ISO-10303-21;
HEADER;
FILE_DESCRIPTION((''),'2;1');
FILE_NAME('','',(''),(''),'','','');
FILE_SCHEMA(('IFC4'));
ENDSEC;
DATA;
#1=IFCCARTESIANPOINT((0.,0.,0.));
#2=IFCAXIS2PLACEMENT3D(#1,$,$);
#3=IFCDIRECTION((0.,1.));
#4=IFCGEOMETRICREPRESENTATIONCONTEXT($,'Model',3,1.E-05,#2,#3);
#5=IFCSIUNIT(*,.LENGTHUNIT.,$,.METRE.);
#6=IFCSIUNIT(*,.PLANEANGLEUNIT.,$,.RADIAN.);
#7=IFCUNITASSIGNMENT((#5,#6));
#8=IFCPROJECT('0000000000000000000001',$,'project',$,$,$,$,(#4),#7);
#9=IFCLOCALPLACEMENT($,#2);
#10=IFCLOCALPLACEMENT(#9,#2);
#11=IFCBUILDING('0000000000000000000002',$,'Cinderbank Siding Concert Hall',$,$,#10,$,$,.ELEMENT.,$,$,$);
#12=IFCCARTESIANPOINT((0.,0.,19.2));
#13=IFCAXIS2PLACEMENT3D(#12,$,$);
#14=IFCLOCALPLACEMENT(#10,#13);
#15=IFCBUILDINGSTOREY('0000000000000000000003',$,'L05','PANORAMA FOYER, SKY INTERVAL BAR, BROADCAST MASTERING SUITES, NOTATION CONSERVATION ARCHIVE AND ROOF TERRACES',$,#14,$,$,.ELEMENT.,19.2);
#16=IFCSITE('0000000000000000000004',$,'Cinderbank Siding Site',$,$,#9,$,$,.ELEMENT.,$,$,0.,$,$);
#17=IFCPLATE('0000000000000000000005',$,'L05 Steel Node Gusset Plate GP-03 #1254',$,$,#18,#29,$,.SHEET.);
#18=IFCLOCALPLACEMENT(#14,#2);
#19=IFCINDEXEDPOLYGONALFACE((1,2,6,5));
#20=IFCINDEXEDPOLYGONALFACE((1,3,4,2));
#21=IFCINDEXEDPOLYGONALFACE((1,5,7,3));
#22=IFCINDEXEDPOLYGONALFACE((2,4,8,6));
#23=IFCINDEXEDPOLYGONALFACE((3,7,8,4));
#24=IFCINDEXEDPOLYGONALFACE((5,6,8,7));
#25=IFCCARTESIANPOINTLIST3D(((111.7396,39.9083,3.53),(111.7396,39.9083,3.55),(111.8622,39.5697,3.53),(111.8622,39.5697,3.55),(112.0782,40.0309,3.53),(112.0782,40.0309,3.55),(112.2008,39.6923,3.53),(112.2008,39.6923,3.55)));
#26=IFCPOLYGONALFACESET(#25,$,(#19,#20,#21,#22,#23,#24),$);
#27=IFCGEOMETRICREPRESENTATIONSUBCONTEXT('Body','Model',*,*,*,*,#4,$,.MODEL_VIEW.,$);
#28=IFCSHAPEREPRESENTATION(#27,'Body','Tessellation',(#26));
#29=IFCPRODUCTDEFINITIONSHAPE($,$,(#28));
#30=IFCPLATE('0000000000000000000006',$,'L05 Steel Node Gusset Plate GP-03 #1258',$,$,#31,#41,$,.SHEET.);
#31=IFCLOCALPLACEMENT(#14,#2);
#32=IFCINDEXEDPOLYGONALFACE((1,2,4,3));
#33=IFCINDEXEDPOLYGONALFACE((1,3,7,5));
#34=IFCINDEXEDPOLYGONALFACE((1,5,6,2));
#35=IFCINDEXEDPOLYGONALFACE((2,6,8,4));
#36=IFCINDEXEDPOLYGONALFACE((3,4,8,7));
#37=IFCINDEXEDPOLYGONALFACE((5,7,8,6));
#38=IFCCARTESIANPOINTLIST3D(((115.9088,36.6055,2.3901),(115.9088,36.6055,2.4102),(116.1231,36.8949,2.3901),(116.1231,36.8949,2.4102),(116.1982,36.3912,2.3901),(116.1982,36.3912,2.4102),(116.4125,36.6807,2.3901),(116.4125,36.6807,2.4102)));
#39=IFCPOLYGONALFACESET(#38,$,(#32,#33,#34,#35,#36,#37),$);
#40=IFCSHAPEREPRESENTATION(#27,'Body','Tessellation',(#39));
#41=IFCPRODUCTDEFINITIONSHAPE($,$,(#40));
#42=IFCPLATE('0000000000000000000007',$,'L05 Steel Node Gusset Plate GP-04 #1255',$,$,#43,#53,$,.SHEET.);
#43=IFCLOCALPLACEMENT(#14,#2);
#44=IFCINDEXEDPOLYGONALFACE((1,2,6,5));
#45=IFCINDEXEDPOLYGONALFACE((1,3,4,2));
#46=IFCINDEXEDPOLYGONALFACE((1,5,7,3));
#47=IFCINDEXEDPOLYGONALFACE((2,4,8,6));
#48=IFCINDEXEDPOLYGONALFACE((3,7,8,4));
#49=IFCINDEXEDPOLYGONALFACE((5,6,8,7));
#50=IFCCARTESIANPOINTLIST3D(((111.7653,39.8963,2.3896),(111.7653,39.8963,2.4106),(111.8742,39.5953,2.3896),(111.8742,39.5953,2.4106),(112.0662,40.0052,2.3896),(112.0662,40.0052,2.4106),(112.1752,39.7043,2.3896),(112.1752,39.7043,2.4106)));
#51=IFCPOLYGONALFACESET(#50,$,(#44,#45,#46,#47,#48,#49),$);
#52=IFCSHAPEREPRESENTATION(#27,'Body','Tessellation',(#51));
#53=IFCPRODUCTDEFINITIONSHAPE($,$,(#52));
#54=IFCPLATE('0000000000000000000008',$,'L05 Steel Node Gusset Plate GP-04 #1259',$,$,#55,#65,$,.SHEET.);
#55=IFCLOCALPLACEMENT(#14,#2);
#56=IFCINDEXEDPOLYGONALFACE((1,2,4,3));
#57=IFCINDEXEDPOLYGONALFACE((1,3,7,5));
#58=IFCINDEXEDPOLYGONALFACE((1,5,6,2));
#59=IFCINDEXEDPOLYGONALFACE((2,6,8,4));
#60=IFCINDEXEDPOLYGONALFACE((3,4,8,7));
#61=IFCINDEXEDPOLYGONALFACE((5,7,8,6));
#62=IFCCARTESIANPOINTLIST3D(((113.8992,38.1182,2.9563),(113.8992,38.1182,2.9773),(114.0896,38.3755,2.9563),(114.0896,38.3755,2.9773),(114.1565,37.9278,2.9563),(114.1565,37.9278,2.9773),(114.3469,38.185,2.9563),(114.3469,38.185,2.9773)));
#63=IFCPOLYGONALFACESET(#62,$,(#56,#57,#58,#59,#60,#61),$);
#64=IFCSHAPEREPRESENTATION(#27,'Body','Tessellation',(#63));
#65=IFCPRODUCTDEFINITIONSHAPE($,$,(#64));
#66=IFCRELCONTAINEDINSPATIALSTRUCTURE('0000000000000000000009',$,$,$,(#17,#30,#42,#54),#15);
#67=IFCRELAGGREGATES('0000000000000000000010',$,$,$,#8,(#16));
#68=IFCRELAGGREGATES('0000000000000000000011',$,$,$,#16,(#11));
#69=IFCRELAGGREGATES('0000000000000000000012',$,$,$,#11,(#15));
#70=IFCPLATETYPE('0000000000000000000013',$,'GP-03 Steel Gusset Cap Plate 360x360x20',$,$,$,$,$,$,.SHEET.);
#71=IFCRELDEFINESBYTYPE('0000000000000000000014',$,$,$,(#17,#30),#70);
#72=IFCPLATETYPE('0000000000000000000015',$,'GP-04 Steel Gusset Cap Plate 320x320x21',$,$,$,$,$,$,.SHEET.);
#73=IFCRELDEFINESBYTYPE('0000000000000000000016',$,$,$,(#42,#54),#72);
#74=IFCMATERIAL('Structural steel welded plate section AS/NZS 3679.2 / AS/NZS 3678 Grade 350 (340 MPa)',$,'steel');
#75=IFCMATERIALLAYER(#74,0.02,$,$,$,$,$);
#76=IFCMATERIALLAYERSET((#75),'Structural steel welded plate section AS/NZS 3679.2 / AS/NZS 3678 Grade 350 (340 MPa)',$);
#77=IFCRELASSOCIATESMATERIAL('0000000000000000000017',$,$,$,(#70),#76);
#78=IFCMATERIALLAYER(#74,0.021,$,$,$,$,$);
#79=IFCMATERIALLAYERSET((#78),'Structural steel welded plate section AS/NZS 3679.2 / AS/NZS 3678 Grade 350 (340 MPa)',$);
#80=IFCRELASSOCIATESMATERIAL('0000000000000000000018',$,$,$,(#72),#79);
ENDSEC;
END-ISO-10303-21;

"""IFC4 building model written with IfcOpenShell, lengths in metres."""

from ifc_helpers import new_model, si_unit, direction, frame, origin, origin_2d, place, context, subcontext, project, spatial, rectangle, extrude, material, layer, layer_set, type_object, element, save


model = new_model("IFC4")

# Units and contexts
model_context = context("Model", 3, precision=1e-05, world=origin(), true_north=direction((0.0, 1.0)))
body_context = subcontext(model_context, "Body", "Model", "MODEL_VIEW")
ifc_project = project(units=[si_unit("LENGTHUNIT", "METRE"), si_unit("PLANEANGLEUNIT", "RADIAN")], contexts=[model_context])

# Site, building, storey
site_placement = place(None, origin())
site = spatial("IfcSite", under=ifc_project, at=site_placement, Name="Cinderbank Siding Site", CompositionType="ELEMENT", RefElevation=0.0)
building_placement = place(site_placement, origin())
building = spatial("IfcBuilding", under=site, at=building_placement, Name="Cinderbank Siding Concert Hall", CompositionType="ELEMENT")
storey_placement = place(building_placement, frame((0.0, 0.0, 19.2)))
storey = spatial("IfcBuildingStorey", under=building, at=storey_placement, Name="L05", Description="PANORAMA FOYER, SKY INTERVAL BAR, BROADCAST MASTERING SUITES, NOTATION CONSERVATION ARCHIVE AND ROOF TERRACES", CompositionType="ELEMENT", Elevation=19.2)

# Plates
ifc_material_1 = material(Name="Structural steel welded plate section AS/NZS 3679.2 / AS/NZS 3678 Grade 350 (340 MPa)", Category="steel")
ifc_layer_1 = layer(ifc_material_1, 0.02)
ifc_layer_set_1 = layer_set([ifc_layer_1], Name="Structural steel welded plate section AS/NZS 3679.2 / AS/NZS 3678 Grade 350 (340 MPa)")
plate_type_1 = type_object("IfcPlateType", Name="GP-03 Steel Gusset Cap Plate 360x360x20", PredefinedType="SHEET", material=ifc_layer_set_1)
for number, where, z_axis, x_axis, name in (
    (1, (111.9702, 39.8003, 3.53), (0.0, 0.0, 1.0), (0.34038, -0.940288, 0.0), "L05 Steel Node Gusset Plate GP-03 #1254"),
    (2, (116.1606, 36.6431, 2.3901), (0.0, 0.0, 1.0), (-0.803753, 0.594963, 0.0), "L05 Steel Node Gusset Plate GP-03 #1258"),
):
    element("IfcPlate", number, at=place(storey_placement, frame(where, z_axis=z_axis, x_axis=x_axis)), inside=storey, type_object=plate_type_1, Name=name, PredefinedType="SHEET", context=body_context, shape_type="SweptSolid", body=[
        extrude(rectangle(XDim=0.3601, YDim=0.3601, at=origin_2d()), origin(), (0.0, 0.0, 1.0), 0.02),
    ])
ifc_layer_2 = layer(ifc_material_1, 0.021)
ifc_layer_set_2 = layer_set([ifc_layer_2], Name="Structural steel welded plate section AS/NZS 3679.2 / AS/NZS 3678 Grade 350 (340 MPa)")
plate_type_2 = type_object("IfcPlateType", Name="GP-04 Steel Gusset Cap Plate 320x320x21", PredefinedType="SHEET", material=ifc_layer_set_2)
for number, where, z_axis, x_axis, name in (
    (3, (111.9702, 39.8003, 2.3896), (0.0, 0.0, 1.0), (-0.34038, 0.940288, 0.0), "L05 Steel Node Gusset Plate GP-04 #1255"),
    (4, (114.123, 38.1516, 2.9563), (0.0, 0.0, 1.0), (-0.803753, 0.594963, 0.0), "L05 Steel Node Gusset Plate GP-04 #1259"),
):
    element("IfcPlate", number, at=place(storey_placement, frame(where, z_axis=z_axis, x_axis=x_axis)), inside=storey, type_object=plate_type_2, Name=name, PredefinedType="SHEET", context=body_context, shape_type="SweptSolid", body=[
        extrude(rectangle(XDim=0.3201, YDim=0.3201, at=origin_2d()), origin(), (0.0, 0.0, 1.0), 0.021),
    ])

save(model, "model.ifc")
